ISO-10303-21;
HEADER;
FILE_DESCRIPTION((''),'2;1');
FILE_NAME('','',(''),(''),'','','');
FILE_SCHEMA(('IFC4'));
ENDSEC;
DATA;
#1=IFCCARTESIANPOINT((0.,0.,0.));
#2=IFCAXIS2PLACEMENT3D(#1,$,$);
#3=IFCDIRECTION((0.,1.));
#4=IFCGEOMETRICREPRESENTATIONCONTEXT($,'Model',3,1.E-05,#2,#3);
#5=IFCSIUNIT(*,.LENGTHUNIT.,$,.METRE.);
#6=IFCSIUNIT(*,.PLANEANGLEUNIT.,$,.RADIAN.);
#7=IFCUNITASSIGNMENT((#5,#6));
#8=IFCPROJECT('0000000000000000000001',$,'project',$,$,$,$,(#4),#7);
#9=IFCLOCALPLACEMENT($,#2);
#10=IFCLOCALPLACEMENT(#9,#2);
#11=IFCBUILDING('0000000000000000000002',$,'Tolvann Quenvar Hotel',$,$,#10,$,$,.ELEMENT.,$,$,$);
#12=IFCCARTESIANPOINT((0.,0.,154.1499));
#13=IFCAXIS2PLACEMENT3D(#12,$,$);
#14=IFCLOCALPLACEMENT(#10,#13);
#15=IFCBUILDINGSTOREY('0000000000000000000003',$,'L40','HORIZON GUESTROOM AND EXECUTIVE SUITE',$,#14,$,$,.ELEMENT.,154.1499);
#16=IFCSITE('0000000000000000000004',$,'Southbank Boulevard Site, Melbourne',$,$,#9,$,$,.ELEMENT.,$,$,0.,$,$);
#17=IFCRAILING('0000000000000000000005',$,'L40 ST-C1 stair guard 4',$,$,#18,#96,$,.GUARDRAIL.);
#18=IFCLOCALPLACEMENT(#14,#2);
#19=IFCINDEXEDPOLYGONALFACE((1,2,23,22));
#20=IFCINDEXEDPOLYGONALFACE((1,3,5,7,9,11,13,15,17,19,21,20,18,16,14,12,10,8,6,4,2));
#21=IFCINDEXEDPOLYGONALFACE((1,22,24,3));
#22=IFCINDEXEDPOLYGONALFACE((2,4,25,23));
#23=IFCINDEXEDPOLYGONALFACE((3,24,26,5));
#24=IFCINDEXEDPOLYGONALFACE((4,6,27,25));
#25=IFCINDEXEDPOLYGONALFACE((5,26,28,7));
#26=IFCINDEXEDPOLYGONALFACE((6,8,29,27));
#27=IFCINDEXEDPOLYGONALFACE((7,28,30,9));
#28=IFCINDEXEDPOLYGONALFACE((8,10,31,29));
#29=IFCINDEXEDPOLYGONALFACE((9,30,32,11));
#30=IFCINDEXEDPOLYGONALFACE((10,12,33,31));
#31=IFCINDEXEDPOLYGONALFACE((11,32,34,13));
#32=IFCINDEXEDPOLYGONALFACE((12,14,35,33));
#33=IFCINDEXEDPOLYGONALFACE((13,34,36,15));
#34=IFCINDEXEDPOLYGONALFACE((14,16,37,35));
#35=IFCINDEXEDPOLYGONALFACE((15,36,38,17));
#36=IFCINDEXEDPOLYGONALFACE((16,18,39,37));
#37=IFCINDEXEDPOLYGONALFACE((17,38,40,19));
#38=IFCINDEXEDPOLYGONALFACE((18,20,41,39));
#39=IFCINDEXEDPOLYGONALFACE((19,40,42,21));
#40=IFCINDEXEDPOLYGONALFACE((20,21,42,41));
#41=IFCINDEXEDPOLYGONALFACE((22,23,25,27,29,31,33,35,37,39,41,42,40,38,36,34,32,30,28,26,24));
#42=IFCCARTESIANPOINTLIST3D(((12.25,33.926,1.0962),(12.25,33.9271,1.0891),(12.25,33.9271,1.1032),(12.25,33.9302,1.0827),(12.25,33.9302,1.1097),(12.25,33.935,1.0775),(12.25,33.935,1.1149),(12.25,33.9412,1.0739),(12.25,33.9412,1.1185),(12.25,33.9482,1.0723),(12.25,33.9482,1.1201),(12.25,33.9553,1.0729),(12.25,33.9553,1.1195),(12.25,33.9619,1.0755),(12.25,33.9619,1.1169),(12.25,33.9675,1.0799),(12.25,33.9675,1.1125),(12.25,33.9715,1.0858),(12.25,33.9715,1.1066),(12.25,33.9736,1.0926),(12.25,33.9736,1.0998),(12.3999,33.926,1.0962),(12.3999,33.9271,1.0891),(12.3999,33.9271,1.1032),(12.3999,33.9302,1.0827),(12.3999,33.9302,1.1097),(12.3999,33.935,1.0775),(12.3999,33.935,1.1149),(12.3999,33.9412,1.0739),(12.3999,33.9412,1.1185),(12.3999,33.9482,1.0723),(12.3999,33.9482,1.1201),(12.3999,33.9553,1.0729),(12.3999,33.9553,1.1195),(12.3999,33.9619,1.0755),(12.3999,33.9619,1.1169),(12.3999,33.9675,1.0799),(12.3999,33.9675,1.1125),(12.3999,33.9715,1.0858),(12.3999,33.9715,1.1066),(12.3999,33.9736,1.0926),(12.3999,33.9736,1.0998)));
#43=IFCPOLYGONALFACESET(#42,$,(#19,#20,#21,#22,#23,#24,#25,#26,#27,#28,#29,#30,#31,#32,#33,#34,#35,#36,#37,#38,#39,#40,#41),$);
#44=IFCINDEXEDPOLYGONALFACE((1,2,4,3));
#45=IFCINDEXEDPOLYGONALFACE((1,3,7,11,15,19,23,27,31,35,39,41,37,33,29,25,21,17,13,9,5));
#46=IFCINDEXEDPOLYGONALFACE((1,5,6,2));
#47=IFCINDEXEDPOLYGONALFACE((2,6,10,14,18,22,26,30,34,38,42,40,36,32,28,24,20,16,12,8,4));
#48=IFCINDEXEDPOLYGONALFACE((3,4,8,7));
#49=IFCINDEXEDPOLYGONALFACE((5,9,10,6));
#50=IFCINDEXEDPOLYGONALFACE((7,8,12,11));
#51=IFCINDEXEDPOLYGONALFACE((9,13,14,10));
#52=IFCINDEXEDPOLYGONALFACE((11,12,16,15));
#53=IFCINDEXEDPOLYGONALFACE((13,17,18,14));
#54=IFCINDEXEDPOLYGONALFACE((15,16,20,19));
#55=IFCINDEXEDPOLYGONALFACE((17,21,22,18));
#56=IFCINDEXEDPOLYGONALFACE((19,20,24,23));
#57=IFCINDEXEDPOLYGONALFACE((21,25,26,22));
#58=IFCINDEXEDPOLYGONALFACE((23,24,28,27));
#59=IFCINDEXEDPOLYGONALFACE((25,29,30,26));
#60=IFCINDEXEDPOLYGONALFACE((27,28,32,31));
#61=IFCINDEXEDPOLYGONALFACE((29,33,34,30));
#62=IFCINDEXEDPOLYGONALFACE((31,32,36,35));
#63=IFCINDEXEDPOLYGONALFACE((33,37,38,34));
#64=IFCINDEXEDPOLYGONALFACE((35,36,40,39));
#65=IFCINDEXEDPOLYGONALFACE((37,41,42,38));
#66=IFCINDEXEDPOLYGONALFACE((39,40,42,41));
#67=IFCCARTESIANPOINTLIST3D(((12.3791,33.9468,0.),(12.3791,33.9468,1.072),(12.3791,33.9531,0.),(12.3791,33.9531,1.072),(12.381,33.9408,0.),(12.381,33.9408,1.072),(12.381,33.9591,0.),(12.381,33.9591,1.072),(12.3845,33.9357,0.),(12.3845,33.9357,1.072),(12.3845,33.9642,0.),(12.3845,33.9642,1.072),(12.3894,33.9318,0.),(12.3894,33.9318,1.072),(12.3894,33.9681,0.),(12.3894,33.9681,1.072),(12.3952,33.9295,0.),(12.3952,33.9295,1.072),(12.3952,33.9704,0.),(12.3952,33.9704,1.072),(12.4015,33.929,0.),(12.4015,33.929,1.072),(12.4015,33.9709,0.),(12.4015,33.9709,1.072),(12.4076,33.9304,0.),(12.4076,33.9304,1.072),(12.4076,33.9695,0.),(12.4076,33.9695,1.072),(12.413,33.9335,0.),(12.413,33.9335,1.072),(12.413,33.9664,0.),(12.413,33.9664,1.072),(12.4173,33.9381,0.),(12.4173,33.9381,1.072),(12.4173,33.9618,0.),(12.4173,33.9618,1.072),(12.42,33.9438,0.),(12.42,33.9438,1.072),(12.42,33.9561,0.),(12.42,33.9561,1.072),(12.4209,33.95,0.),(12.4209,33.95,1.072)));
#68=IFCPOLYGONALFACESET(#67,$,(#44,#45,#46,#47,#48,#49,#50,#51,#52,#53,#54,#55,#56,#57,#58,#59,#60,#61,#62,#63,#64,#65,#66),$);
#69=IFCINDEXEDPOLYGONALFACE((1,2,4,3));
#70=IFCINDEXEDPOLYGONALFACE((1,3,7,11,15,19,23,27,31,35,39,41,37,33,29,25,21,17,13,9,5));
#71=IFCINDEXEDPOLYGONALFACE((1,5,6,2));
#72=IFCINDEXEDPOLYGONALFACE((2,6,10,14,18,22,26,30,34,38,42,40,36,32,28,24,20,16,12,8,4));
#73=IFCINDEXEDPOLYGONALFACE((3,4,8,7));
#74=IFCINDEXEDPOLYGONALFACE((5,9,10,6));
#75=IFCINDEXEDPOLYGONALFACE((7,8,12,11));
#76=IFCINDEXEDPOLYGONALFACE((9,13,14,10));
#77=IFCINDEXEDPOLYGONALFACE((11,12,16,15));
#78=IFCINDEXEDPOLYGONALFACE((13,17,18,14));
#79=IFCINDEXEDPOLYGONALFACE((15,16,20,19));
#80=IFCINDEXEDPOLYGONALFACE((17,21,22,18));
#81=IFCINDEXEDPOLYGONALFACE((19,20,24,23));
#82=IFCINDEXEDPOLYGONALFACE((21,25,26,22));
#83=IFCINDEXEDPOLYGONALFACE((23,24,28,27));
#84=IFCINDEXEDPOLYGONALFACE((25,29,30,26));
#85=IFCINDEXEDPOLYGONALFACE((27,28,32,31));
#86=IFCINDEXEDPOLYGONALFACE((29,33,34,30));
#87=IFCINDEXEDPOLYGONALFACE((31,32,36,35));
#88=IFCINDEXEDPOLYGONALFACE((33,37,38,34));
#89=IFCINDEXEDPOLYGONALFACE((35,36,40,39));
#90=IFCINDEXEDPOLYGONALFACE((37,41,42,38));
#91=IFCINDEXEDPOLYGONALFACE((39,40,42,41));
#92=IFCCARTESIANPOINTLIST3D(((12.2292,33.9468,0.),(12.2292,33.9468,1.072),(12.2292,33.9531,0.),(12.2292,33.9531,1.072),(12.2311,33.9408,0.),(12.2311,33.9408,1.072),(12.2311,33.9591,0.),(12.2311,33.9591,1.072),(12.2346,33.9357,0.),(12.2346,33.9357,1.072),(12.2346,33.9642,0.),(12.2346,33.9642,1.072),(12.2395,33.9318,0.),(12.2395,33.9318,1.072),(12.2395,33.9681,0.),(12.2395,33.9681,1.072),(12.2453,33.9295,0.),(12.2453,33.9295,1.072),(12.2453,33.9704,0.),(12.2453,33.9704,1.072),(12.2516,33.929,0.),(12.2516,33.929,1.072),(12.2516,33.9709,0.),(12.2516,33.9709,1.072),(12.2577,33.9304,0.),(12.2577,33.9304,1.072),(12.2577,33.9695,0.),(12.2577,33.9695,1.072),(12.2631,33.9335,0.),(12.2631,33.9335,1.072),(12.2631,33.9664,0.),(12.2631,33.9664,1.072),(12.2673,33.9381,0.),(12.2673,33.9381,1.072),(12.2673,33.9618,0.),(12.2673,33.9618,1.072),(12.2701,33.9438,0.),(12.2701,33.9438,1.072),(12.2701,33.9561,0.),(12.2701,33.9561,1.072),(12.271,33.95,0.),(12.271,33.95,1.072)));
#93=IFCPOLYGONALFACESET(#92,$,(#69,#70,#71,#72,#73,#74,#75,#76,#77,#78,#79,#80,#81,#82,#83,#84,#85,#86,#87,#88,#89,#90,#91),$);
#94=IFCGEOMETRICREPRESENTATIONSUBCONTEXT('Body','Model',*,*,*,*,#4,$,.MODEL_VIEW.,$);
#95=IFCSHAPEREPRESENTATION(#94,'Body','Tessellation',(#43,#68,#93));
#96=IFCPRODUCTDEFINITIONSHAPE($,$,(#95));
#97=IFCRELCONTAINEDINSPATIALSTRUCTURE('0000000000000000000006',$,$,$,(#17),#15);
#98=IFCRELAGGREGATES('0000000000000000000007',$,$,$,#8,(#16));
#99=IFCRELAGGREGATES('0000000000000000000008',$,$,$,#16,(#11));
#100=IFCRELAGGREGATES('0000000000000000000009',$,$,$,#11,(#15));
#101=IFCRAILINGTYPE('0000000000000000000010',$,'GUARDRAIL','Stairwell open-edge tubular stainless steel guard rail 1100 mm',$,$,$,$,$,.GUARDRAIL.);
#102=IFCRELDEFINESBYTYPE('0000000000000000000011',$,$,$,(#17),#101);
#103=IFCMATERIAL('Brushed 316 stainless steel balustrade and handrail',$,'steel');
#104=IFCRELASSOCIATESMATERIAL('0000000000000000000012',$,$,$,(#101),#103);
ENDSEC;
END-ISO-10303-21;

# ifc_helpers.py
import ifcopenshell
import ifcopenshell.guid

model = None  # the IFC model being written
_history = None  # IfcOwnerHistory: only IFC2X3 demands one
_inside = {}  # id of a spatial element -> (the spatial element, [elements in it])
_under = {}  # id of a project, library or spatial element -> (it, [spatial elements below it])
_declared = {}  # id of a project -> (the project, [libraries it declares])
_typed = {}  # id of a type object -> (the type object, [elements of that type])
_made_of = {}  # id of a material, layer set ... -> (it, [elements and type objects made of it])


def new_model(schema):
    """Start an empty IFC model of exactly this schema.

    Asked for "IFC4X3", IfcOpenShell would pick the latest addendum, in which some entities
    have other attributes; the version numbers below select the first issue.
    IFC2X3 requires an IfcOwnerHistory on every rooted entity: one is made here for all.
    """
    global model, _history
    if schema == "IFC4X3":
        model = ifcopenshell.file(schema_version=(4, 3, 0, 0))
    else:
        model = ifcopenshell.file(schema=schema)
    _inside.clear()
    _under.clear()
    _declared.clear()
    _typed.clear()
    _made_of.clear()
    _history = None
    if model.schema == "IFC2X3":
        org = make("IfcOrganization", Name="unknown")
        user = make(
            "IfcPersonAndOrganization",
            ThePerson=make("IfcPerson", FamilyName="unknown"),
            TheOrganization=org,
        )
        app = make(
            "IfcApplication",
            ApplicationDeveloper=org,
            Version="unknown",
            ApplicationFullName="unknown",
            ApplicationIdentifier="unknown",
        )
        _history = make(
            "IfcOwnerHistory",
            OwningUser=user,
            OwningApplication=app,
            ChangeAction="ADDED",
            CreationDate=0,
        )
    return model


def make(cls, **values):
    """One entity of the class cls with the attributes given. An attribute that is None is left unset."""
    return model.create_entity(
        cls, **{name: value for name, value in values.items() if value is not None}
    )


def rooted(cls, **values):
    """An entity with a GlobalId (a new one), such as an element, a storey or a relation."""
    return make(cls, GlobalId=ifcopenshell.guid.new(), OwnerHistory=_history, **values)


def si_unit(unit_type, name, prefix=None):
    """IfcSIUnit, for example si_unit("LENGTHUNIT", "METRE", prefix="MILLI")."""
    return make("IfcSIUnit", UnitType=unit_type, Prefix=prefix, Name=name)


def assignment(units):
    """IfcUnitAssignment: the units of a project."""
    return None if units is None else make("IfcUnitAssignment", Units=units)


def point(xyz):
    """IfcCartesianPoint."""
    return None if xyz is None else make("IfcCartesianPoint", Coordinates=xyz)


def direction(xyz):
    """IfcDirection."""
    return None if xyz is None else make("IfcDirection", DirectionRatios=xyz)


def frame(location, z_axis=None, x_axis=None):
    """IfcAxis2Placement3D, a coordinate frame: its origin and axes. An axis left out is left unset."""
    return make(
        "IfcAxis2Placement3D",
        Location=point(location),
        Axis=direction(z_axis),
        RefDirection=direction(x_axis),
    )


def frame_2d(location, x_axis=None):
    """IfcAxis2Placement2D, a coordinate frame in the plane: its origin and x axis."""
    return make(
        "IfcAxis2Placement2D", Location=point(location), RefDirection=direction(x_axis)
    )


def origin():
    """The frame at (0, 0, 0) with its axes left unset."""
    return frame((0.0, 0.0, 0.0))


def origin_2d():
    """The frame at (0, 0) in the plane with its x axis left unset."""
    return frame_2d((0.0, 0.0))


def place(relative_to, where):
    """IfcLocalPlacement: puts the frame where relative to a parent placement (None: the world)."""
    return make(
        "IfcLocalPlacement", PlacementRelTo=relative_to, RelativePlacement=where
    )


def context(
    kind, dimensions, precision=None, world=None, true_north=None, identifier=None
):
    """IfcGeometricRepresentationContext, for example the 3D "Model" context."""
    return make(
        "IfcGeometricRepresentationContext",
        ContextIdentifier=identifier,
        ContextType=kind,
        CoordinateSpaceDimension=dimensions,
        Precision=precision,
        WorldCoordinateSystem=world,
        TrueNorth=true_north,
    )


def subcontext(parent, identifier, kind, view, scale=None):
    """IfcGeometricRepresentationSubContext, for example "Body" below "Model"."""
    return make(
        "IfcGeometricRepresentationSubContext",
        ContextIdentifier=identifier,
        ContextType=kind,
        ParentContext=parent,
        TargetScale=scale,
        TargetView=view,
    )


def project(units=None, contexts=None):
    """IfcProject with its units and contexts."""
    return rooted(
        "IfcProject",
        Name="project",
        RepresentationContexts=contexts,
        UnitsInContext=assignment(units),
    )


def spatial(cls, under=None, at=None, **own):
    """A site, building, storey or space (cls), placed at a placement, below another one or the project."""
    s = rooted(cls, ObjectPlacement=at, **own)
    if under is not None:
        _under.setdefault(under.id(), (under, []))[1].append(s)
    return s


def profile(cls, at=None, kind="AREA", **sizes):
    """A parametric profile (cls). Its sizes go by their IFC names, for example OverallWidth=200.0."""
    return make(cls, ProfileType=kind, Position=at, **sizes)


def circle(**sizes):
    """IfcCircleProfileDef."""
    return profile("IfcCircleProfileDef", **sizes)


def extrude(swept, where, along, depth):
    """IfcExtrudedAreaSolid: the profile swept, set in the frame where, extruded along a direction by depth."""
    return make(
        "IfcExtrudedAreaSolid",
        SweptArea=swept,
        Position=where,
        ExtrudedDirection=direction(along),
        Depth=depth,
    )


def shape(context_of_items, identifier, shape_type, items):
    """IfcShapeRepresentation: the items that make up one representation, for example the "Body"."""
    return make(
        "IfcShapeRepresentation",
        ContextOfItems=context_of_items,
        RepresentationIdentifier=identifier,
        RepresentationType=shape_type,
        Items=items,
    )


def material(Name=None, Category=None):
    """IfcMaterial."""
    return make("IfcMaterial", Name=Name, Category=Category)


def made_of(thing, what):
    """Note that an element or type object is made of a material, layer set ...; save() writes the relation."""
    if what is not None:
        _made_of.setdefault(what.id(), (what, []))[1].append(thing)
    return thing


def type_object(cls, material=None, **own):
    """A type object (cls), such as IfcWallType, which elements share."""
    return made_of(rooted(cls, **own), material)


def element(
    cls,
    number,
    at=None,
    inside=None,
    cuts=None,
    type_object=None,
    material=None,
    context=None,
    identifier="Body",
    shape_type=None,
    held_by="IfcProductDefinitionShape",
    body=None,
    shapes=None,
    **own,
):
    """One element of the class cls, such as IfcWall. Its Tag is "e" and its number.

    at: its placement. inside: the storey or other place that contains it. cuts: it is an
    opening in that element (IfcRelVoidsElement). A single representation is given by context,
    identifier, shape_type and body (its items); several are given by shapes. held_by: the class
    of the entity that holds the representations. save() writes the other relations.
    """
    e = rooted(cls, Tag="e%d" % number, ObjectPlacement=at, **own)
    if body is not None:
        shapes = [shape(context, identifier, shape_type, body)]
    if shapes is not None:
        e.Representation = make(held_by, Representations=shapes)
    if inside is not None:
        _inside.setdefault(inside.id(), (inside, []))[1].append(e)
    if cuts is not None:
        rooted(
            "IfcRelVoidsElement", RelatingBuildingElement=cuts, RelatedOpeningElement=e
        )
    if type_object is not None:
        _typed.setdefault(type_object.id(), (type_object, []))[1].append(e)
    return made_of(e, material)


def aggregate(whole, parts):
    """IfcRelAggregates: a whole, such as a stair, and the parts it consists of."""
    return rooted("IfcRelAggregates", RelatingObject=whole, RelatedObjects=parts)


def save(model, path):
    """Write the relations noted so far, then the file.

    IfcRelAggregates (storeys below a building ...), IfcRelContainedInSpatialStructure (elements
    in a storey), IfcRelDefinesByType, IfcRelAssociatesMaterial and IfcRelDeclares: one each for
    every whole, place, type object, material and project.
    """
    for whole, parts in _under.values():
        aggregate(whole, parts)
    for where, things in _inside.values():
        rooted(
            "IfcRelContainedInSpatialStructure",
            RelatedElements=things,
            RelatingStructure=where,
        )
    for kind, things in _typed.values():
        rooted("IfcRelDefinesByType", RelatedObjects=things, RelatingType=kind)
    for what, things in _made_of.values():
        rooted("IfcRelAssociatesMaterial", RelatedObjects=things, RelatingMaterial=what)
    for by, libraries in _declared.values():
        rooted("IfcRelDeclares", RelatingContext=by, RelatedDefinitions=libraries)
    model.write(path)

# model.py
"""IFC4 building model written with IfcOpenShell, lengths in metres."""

from ifc_helpers import new_model, si_unit, direction, frame, origin, origin_2d, place, context, subcontext, project, spatial, circle, extrude, material, type_object, element, save


model = new_model("IFC4")

# Units and contexts
model_context = context("Model", 3, precision=1e-05, world=origin(), true_north=direction((0.0, 1.0)))
body_context = subcontext(model_context, "Body", "Model", "MODEL_VIEW")
ifc_project = project(units=[si_unit("LENGTHUNIT", "METRE"), si_unit("PLANEANGLEUNIT", "RADIAN")], contexts=[model_context])

# Site, building, storey
site_placement = place(None, origin())
site = spatial("IfcSite", under=ifc_project, at=site_placement, Name="Southbank Boulevard Site, Melbourne", CompositionType="ELEMENT", RefElevation=0.0)
building_placement = place(site_placement, origin())
building = spatial("IfcBuilding", under=site, at=building_placement, Name="Tolvann Quenvar Hotel", CompositionType="ELEMENT")
storey_placement = place(building_placement, frame((0.0, 0.0, 154.1499)))
storey = spatial("IfcBuildingStorey", under=building, at=storey_placement, Name="L40", Description="HORIZON GUESTROOM AND EXECUTIVE SUITE", CompositionType="ELEMENT", Elevation=154.1499)

# Railing
ifc_material_1 = material(Name="Brushed 316 stainless steel balustrade and handrail", Category="steel")
railing_type_1 = type_object("IfcRailingType", Name="GUARDRAIL", Description="Stairwell open-edge tubular stainless steel guard rail 1100 mm", PredefinedType="GUARDRAIL", material=ifc_material_1)
railing_1_placement = place(storey_placement, frame((12.3999, 33.95, 0.0)))
element("IfcRailing", 1, at=railing_1_placement, inside=storey, type_object=railing_type_1, Name="L40 ST-C1 stair guard 4", PredefinedType="GUARDRAIL", context=body_context, shape_type="SweptSolid", body=[
    extrude(circle(Radius=0.0239, at=origin_2d()), frame((0.0, 0.0, 1.0962), z_axis=(-1.0, 0.0, 0.0), x_axis=(0.0, -1.0, 0.0)), (0.0, 0.0, 1.0), 0.1499),
    extrude(circle(Radius=0.021, at=origin_2d()), origin(), (0.0, 0.0, 1.0), 1.072),
    extrude(circle(Radius=0.021, at=origin_2d()), frame((-0.1499, 0.0, 0.0)), (0.0, 0.0, 1.0), 1.072),
])

save(model, "model.ifc")
